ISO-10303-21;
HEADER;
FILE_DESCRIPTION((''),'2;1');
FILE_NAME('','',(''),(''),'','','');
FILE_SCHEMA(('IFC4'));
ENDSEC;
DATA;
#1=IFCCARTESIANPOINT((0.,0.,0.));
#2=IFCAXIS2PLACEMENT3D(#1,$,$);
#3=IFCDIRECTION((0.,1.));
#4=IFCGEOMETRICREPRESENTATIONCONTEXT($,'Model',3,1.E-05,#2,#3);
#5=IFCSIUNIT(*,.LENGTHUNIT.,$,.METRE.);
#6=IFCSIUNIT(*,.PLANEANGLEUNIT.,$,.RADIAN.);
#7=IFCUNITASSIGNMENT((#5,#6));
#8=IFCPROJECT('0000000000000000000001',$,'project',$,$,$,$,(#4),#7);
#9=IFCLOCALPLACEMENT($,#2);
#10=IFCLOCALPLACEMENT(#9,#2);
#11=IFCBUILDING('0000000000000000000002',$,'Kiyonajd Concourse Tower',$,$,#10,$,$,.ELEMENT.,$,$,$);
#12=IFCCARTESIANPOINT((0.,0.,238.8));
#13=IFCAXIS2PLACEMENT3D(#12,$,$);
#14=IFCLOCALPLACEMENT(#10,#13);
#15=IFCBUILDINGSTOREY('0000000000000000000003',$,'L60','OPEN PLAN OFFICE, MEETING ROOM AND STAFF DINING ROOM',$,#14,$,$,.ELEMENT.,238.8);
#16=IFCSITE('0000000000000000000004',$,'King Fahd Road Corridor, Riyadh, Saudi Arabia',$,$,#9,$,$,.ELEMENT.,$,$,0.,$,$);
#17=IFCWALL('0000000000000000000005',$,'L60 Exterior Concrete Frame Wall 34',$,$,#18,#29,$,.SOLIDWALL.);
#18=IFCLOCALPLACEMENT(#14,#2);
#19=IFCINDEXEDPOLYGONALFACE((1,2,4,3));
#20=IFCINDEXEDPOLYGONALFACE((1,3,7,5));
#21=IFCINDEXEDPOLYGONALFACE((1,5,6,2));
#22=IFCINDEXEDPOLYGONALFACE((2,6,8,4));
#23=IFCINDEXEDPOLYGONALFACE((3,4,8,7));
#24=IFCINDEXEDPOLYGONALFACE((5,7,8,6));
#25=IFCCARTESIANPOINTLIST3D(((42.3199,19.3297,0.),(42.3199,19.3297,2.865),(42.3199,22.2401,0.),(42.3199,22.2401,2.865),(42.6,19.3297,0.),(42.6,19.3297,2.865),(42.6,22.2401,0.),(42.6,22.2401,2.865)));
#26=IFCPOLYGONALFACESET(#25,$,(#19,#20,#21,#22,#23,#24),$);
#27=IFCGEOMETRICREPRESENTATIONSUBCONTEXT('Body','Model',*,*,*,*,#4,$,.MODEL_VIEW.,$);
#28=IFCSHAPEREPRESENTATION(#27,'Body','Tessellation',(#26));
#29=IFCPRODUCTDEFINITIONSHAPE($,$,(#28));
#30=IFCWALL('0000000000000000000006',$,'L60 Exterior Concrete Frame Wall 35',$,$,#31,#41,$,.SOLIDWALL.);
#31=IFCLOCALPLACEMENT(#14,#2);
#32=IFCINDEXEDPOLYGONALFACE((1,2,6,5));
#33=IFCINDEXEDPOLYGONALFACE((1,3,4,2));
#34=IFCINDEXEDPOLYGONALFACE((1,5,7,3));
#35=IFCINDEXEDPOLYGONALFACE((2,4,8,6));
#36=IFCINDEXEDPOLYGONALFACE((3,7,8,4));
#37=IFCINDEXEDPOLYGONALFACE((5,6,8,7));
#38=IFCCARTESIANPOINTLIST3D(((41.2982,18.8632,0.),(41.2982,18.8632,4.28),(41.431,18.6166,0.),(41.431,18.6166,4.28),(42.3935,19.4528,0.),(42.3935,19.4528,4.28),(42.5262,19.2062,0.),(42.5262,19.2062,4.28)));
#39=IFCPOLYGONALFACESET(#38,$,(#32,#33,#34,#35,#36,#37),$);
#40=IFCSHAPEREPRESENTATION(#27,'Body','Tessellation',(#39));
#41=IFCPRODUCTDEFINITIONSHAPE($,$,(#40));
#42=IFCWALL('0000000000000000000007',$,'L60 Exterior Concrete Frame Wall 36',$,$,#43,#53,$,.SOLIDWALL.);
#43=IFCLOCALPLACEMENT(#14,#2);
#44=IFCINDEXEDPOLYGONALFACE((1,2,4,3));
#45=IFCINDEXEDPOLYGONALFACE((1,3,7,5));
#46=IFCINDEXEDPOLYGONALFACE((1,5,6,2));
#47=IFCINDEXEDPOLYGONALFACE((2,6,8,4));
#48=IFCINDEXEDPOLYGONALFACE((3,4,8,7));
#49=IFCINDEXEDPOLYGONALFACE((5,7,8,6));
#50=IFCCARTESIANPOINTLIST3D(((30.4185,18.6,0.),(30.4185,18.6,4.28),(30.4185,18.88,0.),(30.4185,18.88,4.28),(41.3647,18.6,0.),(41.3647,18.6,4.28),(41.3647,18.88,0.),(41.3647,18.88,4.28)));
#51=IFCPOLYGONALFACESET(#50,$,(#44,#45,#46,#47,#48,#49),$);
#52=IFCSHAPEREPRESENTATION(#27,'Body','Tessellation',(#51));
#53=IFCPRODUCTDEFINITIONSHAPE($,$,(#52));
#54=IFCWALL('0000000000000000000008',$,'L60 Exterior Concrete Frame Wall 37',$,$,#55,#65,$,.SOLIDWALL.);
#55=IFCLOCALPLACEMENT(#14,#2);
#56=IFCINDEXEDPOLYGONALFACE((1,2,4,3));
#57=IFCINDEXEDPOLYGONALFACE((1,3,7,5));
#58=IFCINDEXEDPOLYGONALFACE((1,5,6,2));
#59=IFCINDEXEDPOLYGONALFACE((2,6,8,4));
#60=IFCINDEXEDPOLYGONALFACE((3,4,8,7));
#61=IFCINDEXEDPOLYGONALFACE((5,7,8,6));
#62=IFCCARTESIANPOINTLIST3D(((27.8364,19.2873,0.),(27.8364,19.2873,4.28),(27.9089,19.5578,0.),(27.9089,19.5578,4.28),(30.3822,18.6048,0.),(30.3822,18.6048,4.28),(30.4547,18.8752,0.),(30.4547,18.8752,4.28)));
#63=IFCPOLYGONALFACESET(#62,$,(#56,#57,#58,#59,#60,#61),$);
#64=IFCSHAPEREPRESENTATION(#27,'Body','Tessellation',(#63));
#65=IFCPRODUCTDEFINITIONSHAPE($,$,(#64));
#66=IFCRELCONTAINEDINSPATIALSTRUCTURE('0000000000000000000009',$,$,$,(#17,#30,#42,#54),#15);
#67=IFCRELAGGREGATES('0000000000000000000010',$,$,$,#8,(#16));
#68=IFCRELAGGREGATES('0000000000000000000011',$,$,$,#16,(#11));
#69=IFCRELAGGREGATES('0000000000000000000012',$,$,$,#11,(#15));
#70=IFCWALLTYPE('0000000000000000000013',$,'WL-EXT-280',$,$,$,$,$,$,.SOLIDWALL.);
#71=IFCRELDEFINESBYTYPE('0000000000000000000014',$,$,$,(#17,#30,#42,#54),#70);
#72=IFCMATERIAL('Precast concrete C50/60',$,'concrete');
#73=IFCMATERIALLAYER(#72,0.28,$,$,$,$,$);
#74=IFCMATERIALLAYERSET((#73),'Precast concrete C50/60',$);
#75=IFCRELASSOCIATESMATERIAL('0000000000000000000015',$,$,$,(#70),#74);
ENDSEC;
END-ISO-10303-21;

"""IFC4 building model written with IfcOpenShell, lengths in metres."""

from ifc_helpers import new_model, si_unit, direction, frame, frame_2d, origin, place, context, subcontext, project, spatial, rectangle, extrude, material, layer, layer_set, type_object, element, save


model = new_model("IFC4")

# Units and contexts
model_context = context("Model", 3, precision=1e-05, world=origin(), true_north=direction((0.0, 1.0)))
body_context = subcontext(model_context, "Body", "Model", "MODEL_VIEW")
ifc_project = project(units=[si_unit("LENGTHUNIT", "METRE"), si_unit("PLANEANGLEUNIT", "RADIAN")], contexts=[model_context])

# Site, building, storey
site_placement = place(None, origin())
site = spatial("IfcSite", under=ifc_project, at=site_placement, Name="King Fahd Road Corridor, Riyadh, Saudi Arabia", CompositionType="ELEMENT", RefElevation=0.0)
building_placement = place(site_placement, origin())
building = spatial("IfcBuilding", under=site, at=building_placement, Name="Kiyonajd Concourse Tower", CompositionType="ELEMENT")
storey_placement = place(building_placement, frame((0.0, 0.0, 238.8)))
storey = spatial("IfcBuildingStorey", under=building, at=storey_placement, Name="L60", Description="OPEN PLAN OFFICE, MEETING ROOM AND STAFF DINING ROOM", CompositionType="ELEMENT", Elevation=238.8)

# Walls
ifc_material_1 = material(Name="Precast concrete C50/60", Category="concrete")
ifc_layer_1 = layer(ifc_material_1, 0.28)
ifc_layer_set_1 = layer_set([ifc_layer_1], Name="Precast concrete C50/60")
wall_type_1 = type_object("IfcWallType", Name="WL-EXT-280", PredefinedType="SOLIDWALL", material=ifc_layer_set_1)
wall_1_placement = place(storey_placement, frame((42.46, 22.24, 0.0), z_axis=(0.0, 0.0, 1.0), x_axis=(0.0, -1.0, 0.0)))
element("IfcWall", 1, at=wall_1_placement, inside=storey, type_object=wall_type_1, Name="L60 Exterior Concrete Frame Wall 34", PredefinedType="SOLIDWALL", context=body_context, shape_type="SweptSolid", body=[
    extrude(rectangle(XDim=2.9104, YDim=0.28, at=frame_2d((1.4551, 0.0))), origin(), (0.0, 0.0, 1.0), 2.865),
])
wall_2_placement = place(storey_placement, frame((42.46, 19.3296, 0.0), z_axis=(0.0, 0.0, 1.0), x_axis=(-0.880515, -0.474018, 0.0)))
element("IfcWall", 2, at=wall_2_placement, inside=storey, type_object=wall_type_1, Name="L60 Exterior Concrete Frame Wall 35", PredefinedType="SOLIDWALL", context=body_context, shape_type="SweptSolid", body=[
    extrude(rectangle(XDim=1.2439, YDim=0.28, at=frame_2d((0.6221, 0.0))), origin(), (0.0, 0.0, 1.0), 4.28),
])
wall_3_placement = place(storey_placement, frame((41.3647, 18.74, 0.0), z_axis=(0.0, 0.0, 1.0), x_axis=(-1.0, 0.0, 0.0)))
element("IfcWall", 3, at=wall_3_placement, inside=storey, type_object=wall_type_1, Name="L60 Exterior Concrete Frame Wall 36", PredefinedType="SOLIDWALL", context=body_context, shape_type="SweptSolid", body=[
    extrude(rectangle(XDim=10.9463, YDim=0.28, at=frame_2d((5.4731, 0.0))), origin(), (0.0, 0.0, 1.0), 4.28),
])
wall_4_placement = place(storey_placement, frame((30.4185, 18.74, 0.0), z_axis=(0.0, 0.0, 1.0), x_axis=(-0.965884, 0.258977, 0.0)))
element("IfcWall", 4, at=wall_4_placement, inside=storey, type_object=wall_type_1, Name="L60 Exterior Concrete Frame Wall 37", PredefinedType="SOLIDWALL", context=body_context, shape_type="SweptSolid", body=[
    extrude(rectangle(XDim=2.6357, YDim=0.28, at=frame_2d((1.3179, 0.0))), origin(), (0.0, 0.0, 1.0), 4.28),
])

save(model, "model.ifc")
